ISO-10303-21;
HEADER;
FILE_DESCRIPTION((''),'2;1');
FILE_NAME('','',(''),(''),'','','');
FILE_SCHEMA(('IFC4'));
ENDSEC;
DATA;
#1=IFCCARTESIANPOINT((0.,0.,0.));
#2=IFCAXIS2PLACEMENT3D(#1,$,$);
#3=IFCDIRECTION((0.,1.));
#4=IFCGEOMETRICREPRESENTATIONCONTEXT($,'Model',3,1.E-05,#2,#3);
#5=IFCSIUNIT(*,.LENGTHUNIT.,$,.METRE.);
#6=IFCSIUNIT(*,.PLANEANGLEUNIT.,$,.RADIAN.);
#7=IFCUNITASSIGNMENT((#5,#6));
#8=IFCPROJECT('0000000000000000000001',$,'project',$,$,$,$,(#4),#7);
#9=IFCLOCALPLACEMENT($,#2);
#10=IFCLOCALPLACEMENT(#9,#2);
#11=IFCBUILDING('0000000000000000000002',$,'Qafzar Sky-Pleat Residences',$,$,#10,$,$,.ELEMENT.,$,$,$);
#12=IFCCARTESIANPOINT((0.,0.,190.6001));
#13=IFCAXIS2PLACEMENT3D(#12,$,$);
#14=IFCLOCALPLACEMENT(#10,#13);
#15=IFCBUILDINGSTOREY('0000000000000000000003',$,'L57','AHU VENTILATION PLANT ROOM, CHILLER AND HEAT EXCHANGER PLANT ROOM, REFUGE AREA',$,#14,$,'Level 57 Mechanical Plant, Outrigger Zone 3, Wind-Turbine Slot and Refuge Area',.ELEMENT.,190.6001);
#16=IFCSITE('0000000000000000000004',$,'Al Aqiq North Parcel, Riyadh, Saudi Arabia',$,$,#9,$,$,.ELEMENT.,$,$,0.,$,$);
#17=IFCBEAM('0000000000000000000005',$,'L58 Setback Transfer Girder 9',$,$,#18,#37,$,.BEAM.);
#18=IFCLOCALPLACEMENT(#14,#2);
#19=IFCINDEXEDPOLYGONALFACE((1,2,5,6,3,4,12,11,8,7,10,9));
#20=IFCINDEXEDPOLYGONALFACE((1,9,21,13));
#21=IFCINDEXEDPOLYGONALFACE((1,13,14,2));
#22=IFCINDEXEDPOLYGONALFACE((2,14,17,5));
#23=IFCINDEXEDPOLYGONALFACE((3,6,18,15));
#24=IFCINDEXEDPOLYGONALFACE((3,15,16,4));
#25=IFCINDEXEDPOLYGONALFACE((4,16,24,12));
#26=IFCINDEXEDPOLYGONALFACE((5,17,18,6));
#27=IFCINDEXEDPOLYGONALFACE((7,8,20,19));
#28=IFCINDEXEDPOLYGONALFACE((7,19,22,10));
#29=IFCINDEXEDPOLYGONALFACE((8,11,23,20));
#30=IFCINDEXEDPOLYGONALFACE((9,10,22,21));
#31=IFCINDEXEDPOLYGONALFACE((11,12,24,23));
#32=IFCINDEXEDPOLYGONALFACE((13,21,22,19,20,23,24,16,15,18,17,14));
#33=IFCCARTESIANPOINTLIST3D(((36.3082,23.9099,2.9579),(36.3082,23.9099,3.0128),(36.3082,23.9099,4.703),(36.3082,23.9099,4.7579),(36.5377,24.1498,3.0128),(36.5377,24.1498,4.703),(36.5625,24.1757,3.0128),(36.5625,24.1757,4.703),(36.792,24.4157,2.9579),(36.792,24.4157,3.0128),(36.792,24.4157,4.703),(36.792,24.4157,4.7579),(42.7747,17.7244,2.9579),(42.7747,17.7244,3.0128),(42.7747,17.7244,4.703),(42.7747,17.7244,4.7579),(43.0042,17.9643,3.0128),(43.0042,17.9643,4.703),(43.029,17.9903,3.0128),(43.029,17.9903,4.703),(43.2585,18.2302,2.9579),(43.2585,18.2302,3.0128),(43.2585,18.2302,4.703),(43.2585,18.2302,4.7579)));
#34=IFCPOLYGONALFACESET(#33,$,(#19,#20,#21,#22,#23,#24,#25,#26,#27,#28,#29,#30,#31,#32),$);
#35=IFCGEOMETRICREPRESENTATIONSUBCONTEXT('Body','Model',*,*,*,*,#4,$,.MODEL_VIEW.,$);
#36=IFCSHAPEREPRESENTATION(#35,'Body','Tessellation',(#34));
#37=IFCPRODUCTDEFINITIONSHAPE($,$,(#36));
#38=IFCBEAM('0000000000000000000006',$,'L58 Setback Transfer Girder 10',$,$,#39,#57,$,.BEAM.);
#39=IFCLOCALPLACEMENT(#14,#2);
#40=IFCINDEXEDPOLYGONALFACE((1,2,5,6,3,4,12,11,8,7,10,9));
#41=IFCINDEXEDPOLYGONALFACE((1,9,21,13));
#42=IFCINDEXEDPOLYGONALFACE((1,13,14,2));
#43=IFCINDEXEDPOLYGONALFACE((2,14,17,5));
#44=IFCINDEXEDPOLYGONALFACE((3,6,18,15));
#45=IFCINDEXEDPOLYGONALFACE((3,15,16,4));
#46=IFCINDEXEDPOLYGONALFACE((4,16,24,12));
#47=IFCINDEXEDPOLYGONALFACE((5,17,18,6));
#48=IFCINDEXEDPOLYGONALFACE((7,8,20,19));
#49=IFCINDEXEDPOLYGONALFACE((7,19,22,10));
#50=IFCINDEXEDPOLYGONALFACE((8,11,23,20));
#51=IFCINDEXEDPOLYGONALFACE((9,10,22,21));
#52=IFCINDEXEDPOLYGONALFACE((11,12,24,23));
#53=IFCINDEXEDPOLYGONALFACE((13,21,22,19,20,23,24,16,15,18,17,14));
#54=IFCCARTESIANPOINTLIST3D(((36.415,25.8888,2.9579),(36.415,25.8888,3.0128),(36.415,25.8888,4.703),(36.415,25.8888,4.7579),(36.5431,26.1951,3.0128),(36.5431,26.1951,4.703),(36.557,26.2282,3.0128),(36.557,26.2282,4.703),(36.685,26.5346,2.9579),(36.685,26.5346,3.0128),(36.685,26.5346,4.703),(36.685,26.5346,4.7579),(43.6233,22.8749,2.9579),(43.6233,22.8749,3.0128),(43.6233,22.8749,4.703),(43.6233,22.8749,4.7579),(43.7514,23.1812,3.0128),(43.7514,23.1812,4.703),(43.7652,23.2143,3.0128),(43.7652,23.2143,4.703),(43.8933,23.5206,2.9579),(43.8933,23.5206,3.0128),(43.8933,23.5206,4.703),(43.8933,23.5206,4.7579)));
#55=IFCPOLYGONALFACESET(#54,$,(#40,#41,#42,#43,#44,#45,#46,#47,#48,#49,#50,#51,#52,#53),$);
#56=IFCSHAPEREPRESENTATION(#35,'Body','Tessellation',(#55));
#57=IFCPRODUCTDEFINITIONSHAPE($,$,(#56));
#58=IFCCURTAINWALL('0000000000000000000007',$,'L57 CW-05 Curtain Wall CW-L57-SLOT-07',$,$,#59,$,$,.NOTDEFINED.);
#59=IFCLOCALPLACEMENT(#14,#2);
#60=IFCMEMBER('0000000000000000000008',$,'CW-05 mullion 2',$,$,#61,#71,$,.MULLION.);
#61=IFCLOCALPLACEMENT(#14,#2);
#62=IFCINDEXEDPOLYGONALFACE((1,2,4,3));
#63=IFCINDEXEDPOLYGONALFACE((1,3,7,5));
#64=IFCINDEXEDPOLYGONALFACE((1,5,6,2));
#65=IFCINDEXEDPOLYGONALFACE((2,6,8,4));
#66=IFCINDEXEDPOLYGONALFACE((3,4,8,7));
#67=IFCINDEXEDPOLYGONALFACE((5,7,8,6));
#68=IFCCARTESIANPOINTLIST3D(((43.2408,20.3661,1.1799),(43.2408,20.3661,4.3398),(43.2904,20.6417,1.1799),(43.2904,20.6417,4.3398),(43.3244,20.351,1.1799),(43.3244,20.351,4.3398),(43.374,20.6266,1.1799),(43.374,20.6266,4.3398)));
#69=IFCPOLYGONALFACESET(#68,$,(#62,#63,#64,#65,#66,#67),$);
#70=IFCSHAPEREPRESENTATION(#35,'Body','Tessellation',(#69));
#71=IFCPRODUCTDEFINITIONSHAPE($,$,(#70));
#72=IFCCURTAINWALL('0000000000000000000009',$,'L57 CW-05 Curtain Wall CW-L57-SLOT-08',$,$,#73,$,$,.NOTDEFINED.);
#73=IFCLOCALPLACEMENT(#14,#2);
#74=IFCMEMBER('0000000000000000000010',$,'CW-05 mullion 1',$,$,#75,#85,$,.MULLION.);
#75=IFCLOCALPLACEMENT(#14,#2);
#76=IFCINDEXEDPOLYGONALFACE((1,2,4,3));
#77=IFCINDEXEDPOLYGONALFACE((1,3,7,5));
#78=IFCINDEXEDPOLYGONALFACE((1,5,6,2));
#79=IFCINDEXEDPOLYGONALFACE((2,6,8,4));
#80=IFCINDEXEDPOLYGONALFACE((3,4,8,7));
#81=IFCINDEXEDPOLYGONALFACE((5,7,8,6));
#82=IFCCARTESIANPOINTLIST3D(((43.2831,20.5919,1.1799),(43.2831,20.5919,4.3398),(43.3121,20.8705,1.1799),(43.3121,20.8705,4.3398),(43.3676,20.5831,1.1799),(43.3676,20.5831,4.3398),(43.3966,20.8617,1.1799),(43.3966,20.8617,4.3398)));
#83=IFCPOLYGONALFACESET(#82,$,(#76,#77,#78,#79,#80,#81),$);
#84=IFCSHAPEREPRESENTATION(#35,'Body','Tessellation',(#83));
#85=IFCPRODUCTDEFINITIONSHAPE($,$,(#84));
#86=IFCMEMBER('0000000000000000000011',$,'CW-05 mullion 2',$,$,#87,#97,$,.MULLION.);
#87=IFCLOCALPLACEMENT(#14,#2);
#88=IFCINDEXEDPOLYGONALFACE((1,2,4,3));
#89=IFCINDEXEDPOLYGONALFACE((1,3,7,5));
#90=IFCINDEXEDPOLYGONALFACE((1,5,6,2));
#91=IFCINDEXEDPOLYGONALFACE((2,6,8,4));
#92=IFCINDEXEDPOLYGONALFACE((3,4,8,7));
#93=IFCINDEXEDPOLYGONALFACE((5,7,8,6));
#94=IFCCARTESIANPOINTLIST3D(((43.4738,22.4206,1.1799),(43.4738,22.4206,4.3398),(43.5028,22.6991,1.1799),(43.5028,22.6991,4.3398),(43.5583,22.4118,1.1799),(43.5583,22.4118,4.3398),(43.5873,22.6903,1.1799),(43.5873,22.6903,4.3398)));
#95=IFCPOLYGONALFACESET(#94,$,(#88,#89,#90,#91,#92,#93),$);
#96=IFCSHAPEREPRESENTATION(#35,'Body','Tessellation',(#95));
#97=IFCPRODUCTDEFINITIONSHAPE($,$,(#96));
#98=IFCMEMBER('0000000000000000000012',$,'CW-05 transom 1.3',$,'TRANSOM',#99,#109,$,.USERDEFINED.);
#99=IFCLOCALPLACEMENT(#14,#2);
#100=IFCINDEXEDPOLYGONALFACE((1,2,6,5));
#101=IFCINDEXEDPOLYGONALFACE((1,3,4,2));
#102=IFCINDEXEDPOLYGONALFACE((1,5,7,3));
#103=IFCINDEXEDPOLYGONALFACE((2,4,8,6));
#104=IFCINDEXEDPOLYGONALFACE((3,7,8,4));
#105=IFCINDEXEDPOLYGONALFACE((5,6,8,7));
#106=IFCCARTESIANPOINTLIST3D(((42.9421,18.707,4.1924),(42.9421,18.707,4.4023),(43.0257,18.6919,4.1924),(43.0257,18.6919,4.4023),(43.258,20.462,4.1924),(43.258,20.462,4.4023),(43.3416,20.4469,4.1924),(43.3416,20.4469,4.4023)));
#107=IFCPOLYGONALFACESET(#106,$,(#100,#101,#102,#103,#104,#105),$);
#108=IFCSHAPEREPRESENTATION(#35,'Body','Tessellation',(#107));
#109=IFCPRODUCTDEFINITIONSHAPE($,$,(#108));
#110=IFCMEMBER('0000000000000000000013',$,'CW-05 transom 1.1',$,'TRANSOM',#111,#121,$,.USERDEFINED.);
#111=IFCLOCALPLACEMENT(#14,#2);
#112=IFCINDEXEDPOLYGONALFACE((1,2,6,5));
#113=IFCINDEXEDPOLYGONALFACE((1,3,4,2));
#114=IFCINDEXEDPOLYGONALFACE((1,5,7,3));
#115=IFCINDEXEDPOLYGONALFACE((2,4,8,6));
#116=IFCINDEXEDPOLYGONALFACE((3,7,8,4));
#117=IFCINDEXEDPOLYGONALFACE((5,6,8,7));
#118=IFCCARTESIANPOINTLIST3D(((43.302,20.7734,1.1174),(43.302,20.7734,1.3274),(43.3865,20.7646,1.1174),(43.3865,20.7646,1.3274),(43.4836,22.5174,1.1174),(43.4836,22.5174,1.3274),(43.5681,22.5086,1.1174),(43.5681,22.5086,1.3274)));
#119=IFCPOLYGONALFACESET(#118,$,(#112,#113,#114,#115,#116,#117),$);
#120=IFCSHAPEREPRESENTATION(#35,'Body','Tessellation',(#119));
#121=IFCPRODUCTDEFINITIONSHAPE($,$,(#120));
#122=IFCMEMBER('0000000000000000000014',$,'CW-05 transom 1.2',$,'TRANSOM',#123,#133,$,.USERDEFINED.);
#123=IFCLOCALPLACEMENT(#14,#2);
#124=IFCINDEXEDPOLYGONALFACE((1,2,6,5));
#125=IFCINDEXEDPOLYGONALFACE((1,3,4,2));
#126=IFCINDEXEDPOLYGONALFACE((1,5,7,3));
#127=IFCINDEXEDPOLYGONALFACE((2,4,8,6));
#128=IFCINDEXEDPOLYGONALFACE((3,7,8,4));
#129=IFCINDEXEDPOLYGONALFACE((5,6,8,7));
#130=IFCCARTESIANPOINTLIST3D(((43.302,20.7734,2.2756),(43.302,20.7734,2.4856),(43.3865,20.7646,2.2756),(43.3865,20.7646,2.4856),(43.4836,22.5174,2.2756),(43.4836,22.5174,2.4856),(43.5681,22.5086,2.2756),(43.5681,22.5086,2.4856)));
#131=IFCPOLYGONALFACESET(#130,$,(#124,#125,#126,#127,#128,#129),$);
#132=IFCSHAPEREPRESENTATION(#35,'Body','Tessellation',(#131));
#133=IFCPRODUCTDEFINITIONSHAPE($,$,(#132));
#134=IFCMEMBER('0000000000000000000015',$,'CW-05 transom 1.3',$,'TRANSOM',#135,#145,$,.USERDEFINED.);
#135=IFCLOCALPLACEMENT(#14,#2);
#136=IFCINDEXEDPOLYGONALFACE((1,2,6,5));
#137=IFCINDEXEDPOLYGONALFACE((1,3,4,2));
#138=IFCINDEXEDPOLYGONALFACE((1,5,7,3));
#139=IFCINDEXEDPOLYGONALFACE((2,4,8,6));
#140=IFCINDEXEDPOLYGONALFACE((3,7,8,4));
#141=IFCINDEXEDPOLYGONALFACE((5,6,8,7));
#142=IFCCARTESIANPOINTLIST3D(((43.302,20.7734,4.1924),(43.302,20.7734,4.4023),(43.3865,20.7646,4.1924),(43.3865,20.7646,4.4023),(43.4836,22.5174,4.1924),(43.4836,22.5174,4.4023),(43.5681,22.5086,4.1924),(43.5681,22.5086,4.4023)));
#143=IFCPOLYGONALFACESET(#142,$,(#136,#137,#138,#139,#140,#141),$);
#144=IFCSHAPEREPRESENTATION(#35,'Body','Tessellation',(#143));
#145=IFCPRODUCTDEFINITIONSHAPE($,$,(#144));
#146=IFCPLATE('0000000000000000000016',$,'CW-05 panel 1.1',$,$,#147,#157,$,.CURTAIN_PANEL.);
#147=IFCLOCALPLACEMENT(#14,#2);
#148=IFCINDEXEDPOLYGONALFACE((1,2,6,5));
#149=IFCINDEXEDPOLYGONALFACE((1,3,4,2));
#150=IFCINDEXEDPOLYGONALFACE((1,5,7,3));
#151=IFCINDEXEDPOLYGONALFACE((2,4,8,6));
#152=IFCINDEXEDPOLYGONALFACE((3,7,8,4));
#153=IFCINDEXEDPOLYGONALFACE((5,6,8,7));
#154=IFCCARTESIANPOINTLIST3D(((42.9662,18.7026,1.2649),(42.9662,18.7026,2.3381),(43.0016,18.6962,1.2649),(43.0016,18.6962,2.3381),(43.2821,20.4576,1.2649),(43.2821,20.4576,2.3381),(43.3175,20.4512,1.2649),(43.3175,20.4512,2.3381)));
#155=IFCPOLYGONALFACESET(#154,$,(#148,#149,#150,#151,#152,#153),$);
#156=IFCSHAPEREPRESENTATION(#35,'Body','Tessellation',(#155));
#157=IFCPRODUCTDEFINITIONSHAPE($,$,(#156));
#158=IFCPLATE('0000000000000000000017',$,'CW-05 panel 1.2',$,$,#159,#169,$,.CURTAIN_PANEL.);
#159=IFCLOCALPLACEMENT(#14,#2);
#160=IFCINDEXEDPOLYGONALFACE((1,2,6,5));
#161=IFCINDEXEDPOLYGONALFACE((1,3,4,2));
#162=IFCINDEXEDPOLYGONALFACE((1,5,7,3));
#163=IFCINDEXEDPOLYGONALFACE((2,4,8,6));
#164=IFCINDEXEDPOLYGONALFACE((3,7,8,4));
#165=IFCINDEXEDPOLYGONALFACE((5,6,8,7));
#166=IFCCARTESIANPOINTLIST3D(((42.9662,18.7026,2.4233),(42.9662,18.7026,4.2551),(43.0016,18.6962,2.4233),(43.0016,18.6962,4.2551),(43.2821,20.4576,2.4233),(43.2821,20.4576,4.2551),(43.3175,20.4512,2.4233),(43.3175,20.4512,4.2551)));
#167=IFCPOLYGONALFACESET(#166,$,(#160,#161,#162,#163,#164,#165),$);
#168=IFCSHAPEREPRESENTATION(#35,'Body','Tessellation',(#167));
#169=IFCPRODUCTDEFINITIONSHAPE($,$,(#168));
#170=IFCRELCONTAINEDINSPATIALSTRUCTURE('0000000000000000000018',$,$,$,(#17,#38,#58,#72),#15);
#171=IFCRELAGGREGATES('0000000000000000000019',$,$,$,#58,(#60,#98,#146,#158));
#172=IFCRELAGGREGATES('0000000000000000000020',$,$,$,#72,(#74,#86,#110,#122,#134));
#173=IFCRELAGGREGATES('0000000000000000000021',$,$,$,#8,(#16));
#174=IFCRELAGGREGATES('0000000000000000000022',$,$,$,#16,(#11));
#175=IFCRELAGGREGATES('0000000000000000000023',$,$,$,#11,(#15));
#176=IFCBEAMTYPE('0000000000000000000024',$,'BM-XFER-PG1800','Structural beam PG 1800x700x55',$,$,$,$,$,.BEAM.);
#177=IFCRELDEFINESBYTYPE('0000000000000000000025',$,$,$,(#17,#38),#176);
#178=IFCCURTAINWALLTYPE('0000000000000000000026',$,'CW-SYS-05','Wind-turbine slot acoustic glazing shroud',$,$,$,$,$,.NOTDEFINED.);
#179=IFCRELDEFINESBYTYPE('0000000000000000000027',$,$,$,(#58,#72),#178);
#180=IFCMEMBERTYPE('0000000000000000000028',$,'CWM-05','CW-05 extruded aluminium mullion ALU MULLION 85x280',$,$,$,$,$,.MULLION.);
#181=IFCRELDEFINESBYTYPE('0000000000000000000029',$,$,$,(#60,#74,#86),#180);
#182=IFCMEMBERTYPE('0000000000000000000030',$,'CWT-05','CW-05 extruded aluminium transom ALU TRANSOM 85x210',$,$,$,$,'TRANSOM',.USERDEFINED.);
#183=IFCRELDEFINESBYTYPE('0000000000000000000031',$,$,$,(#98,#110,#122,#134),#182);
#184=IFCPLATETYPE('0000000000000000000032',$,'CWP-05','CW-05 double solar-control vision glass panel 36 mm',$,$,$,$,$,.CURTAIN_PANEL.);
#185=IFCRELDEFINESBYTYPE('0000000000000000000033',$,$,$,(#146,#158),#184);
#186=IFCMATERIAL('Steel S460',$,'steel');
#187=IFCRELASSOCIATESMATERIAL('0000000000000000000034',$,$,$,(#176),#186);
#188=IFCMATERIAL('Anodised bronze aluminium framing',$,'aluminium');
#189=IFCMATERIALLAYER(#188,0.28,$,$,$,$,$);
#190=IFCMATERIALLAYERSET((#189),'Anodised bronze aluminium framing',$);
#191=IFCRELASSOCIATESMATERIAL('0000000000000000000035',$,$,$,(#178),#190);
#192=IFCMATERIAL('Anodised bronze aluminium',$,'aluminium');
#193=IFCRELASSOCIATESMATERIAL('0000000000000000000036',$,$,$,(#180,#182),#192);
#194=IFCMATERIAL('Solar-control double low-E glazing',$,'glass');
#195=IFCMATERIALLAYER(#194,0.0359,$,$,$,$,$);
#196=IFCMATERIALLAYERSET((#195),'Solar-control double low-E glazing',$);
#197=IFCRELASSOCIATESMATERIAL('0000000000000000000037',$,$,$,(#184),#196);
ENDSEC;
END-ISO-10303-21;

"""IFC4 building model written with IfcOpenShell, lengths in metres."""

from ifc_helpers import new_model, si_unit, direction, frame, origin, origin_2d, place, context, subcontext, project, spatial, rectangle, i_section, extrude, source, transform, mapped, material, layer, layer_set, material_profile, profile_set, type_object, element, aggregate, save


model = new_model("IFC4")

# Units and contexts
model_context = context("Model", 3, precision=1e-05, world=origin(), true_north=direction((0.0, 1.0)))
body_context = subcontext(model_context, "Body", "Model", "MODEL_VIEW")
ifc_project = project(units=[si_unit("LENGTHUNIT", "METRE"), si_unit("PLANEANGLEUNIT", "RADIAN")], contexts=[model_context])

# Site, building, storey
site_placement = place(None, origin())
site = spatial("IfcSite", under=ifc_project, at=site_placement, Name="Al Aqiq North Parcel, Riyadh, Saudi Arabia", CompositionType="ELEMENT", RefElevation=0.0)
building_placement = place(site_placement, origin())
building = spatial("IfcBuilding", under=site, at=building_placement, Name="Qafzar Sky-Pleat Residences", CompositionType="ELEMENT")
storey_placement = place(building_placement, frame((0.0, 0.0, 190.6001)))
storey = spatial("IfcBuildingStorey", under=building, at=storey_placement, Name="L57", Description="AHU VENTILATION PLANT ROOM, CHILLER AND HEAT EXCHANGER PLANT ROOM, REFUGE AREA", LongName="Level 57 Mechanical Plant, Outrigger Zone 3, Wind-Turbine Slot and Refuge Area", CompositionType="ELEMENT", Elevation=190.6001)

# Beams
ifc_material_1 = material(Name="Steel S460", Category="steel")
ifc_material_profile_1 = material_profile(ifc_material_1, i_section(OverallWidth=0.7, OverallDepth=1.8, WebThickness=0.0359, FlangeThickness=0.0549, at=origin_2d()), Name="PG 1800x700x55")
ifc_profile_set_1 = profile_set([ifc_material_profile_1], Name="Steel S460")
beam_type_1 = type_object("IfcBeamType", Name="BM-XFER-PG1800", Description="Structural beam PG 1800x700x55", PredefinedType="BEAM", material=ifc_profile_set_1)
shared_shape_1 = source(origin(), body_context, "Body", "SweptSolid", [
    extrude(i_section(OverallWidth=0.7, OverallDepth=1.8, WebThickness=0.0359, FlangeThickness=0.0549, at=origin_2d()), origin(), (0.0, 0.0, 1.0), 8.9485),
])
beam_1_placement = place(storey_placement, frame((43.0166, 17.9773, 3.8579), z_axis=(-0.722634, 0.691231, 0.0), x_axis=(-0.691231, -0.722634, 0.0)))
element("IfcBeam", 1, at=beam_1_placement, inside=storey, type_object=beam_type_1, Name="L58 Setback Transfer Girder 9", PredefinedType="BEAM", context=body_context, shape_type="MappedRepresentation", body=[
    mapped(shared_shape_1, transform((0.0, 0.0, 0.0), x_axis=(1.0, 0.0, 0.0), y_axis=(0.0, 1.0, 0.0), z_axis=(0.0, 0.0, 1.0), scale=1.0)),
])
shared_shape_2 = source(origin(), body_context, "Body", "SweptSolid", [
    extrude(i_section(OverallWidth=0.7, OverallDepth=1.8, WebThickness=0.0359, FlangeThickness=0.0549, at=origin_2d()), origin(), (0.0, 0.0, 1.0), 7.813),
])
beam_2_placement = place(storey_placement, frame((43.7583, 23.1978, 3.8579), z_axis=(-0.9226, 0.385758, 0.0), x_axis=(-0.385758, -0.9226, 0.0)))
element("IfcBeam", 2, at=beam_2_placement, inside=storey, type_object=beam_type_1, Name="L58 Setback Transfer Girder 10", PredefinedType="BEAM", context=body_context, shape_type="MappedRepresentation", body=[
    mapped(shared_shape_2, transform((0.0, 0.0, 0.0), x_axis=(1.0, 0.0, 0.0), y_axis=(0.0, 1.0, 0.0), z_axis=(0.0, 0.0, 1.0), scale=1.0)),
])

# Curtain wall, member
ifc_material_2 = material(Name="Anodised bronze aluminium framing", Category="aluminium")
ifc_layer_1 = layer(ifc_material_2, 0.28)
ifc_layer_set_1 = layer_set([ifc_layer_1], Name="Anodised bronze aluminium framing")
curtain_wall_type = type_object("IfcCurtainWallType", Name="CW-SYS-05", Description="Wind-turbine slot acoustic glazing shroud", PredefinedType="NOTDEFINED", material=ifc_layer_set_1)
curtain_wall_1_placement = place(storey_placement, origin())
curtain_wall_1 = element("IfcCurtainWall", 3, at=curtain_wall_1_placement, inside=storey, type_object=curtain_wall_type, Name="L57 CW-05 Curtain Wall CW-L57-SLOT-07", PredefinedType="NOTDEFINED")
ifc_material_3 = material(Name="Anodised bronze aluminium", Category="aluminium")
ifc_material_profile_2 = material_profile(ifc_material_3, rectangle(XDim=0.085, YDim=0.28, at=origin_2d()), Name="ALU MULLION 85x280")
ifc_profile_set_2 = profile_set([ifc_material_profile_2], Name="Anodised bronze aluminium")
member_type_1 = type_object("IfcMemberType", Name="CWM-05", Description="CW-05 extruded aluminium mullion ALU MULLION 85x280", PredefinedType="MULLION", material=ifc_profile_set_2)
shared_shape_3 = source(origin(), body_context, "Body", "SweptSolid", [
    extrude(rectangle(XDim=0.085, YDim=0.28, at=origin_2d()), origin(), (0.0, 0.0, 1.0), 3.1599),
])
member_1_placement = place(storey_placement, frame((43.3074, 20.4963, 1.1799), z_axis=(0.0, 0.0, 1.0), x_axis=(-0.984183, 0.177155, 0.0)))
member_1 = element("IfcMember", 4, at=member_1_placement, type_object=member_type_1, Name="CW-05 mullion 2", PredefinedType="MULLION", context=body_context, shape_type="MappedRepresentation", body=[
    mapped(shared_shape_3, transform((0.0, 0.0, 0.0), x_axis=(1.0, 0.0, 0.0), y_axis=(0.0, 1.0, 0.0), z_axis=(0.0, 0.0, 1.0), scale=1.0)),
])

# Curtain wall, members
curtain_wall_2_placement = place(storey_placement, origin())
curtain_wall_2 = element("IfcCurtainWall", 5, at=curtain_wall_2_placement, inside=storey, type_object=curtain_wall_type, Name="L57 CW-05 Curtain Wall CW-L57-SLOT-08", PredefinedType="NOTDEFINED")
member_2_placement = place(storey_placement, frame((43.3398, 20.7268, 1.1799), z_axis=(0.0, 0.0, 1.0), x_axis=(-0.994617, 0.103621, 0.0)))
member_2 = element("IfcMember", 6, at=member_2_placement, type_object=member_type_1, Name="CW-05 mullion 1", PredefinedType="MULLION", context=body_context, shape_type="MappedRepresentation", body=[
    mapped(shared_shape_3, transform((0.0, 0.0, 0.0), x_axis=(1.0, 0.0, 0.0), y_axis=(0.0, 1.0, 0.0), z_axis=(0.0, 0.0, 1.0), scale=1.0)),
])
member_3_placement = place(storey_placement, frame((43.5305, 22.5554, 1.1799), z_axis=(0.0, 0.0, 1.0), x_axis=(-0.994617, 0.103621, 0.0)))
member_3 = element("IfcMember", 7, at=member_3_placement, type_object=member_type_1, Name="CW-05 mullion 2", PredefinedType="MULLION", context=body_context, shape_type="MappedRepresentation", body=[
    mapped(shared_shape_3, transform((0.0, 0.0, 0.0), x_axis=(1.0, 0.0, 0.0), y_axis=(0.0, 1.0, 0.0), z_axis=(0.0, 0.0, 1.0), scale=1.0)),
])

# Members
ifc_material_profile_3 = material_profile(ifc_material_3, rectangle(XDim=0.085, YDim=0.21, at=origin_2d()), Name="ALU TRANSOM 85x210")
ifc_profile_set_3 = profile_set([ifc_material_profile_3], Name="Anodised bronze aluminium")
member_type_2 = type_object("IfcMemberType", Name="CWT-05", Description="CW-05 extruded aluminium transom ALU TRANSOM 85x210", ElementType="TRANSOM", PredefinedType="USERDEFINED", material=ifc_profile_set_3)
shared_shape_4 = source(origin(), body_context, "Body", "SweptSolid", [
    extrude(rectangle(XDim=0.085, YDim=0.21, at=origin_2d()), origin(), (0.0, 0.0, 1.0), 1.7832),
])
member_4_placement = place(storey_placement, frame((42.9839, 18.6995, 4.2974), z_axis=(0.177174, 0.98418, 0.0), x_axis=(-0.98418, 0.177174, 0.0)))
member_4 = element("IfcMember", 8, at=member_4_placement, type_object=member_type_2, Name="CW-05 transom 1.3", ObjectType="TRANSOM", PredefinedType="USERDEFINED", context=body_context, shape_type="MappedRepresentation", body=[
    mapped(shared_shape_4, transform((0.0, 0.0, 0.0), x_axis=(1.0, 0.0, 0.0), y_axis=(0.0, 1.0, 0.0), z_axis=(0.0, 0.0, 1.0), scale=1.0)),
])
shared_shape_5 = source(origin(), body_context, "Body", "SweptSolid", [
    extrude(rectangle(XDim=0.085, YDim=0.21, at=origin_2d()), origin(), (0.0, 0.0, 1.0), 1.7534),
])
member_5_placement = place(storey_placement, frame((43.3442, 20.769, 1.2224), z_axis=(0.103597, 0.994619, 0.0), x_axis=(-0.994619, 0.103597, 0.0)))
member_5 = element("IfcMember", 9, at=member_5_placement, type_object=member_type_2, Name="CW-05 transom 1.1", ObjectType="TRANSOM", PredefinedType="USERDEFINED", context=body_context, shape_type="MappedRepresentation", body=[
    mapped(shared_shape_5, transform((0.0, 0.0, 0.0), x_axis=(1.0, 0.0, 0.0), y_axis=(0.0, 1.0, 0.0), z_axis=(0.0, 0.0, 1.0), scale=1.0)),
])
member_6_placement = place(storey_placement, frame((43.3442, 20.769, 2.3806), z_axis=(0.103597, 0.994619, 0.0), x_axis=(-0.994619, 0.103597, 0.0)))
member_6 = element("IfcMember", 10, at=member_6_placement, type_object=member_type_2, Name="CW-05 transom 1.2", ObjectType="TRANSOM", PredefinedType="USERDEFINED", context=body_context, shape_type="MappedRepresentation", body=[
    mapped(shared_shape_5, transform((0.0, 0.0, 0.0), x_axis=(1.0, 0.0, 0.0), y_axis=(0.0, 1.0, 0.0), z_axis=(0.0, 0.0, 1.0), scale=1.0)),
])
member_7_placement = place(storey_placement, frame((43.3442, 20.769, 4.2974), z_axis=(0.103597, 0.994619, 0.0), x_axis=(-0.994619, 0.103597, 0.0)))
member_7 = element("IfcMember", 11, at=member_7_placement, type_object=member_type_2, Name="CW-05 transom 1.3", ObjectType="TRANSOM", PredefinedType="USERDEFINED", context=body_context, shape_type="MappedRepresentation", body=[
    mapped(shared_shape_5, transform((0.0, 0.0, 0.0), x_axis=(1.0, 0.0, 0.0), y_axis=(0.0, 1.0, 0.0), z_axis=(0.0, 0.0, 1.0), scale=1.0)),
])

# Plates
ifc_material_4 = material(Name="Solar-control double low-E glazing", Category="glass")
ifc_layer_2 = layer(ifc_material_4, 0.0359)
ifc_layer_set_2 = layer_set([ifc_layer_2], Name="Solar-control double low-E glazing")
plate_type = type_object("IfcPlateType", Name="CWP-05", Description="CW-05 double solar-control vision glass panel 36 mm", PredefinedType="CURTAIN_PANEL", material=ifc_layer_set_2)
shared_shape_6 = source(origin(), body_context, "Body", "SweptSolid", [
    extrude(rectangle(XDim=1.7832, YDim=0.0359, at=origin_2d()), origin(), (0.0, 0.0, 1.0), 1.0732),
])
plate_1_placement = place(storey_placement, frame((43.1418, 19.5769, 1.2649), z_axis=(0.0, 0.0, 1.0), x_axis=(0.177155, 0.984183, 0.0)))
plate_1 = element("IfcPlate", 12, at=plate_1_placement, type_object=plate_type, Name="CW-05 panel 1.1", PredefinedType="CURTAIN_PANEL", context=body_context, shape_type="MappedRepresentation", body=[
    mapped(shared_shape_6, transform((0.0, 0.0, 0.0), x_axis=(1.0, 0.0, 0.0), y_axis=(0.0, 1.0, 0.0), z_axis=(0.0, 0.0, 1.0), scale=1.0)),
])
shared_shape_7 = source(origin(), body_context, "Body", "SweptSolid", [
    extrude(rectangle(XDim=1.7832, YDim=0.0359, at=origin_2d()), origin(), (0.0, 0.0, 1.0), 1.8318),
])
plate_2_placement = place(storey_placement, frame((43.1418, 19.5769, 2.4233), z_axis=(0.0, 0.0, 1.0), x_axis=(0.177155, 0.984183, 0.0)))
plate_2 = element("IfcPlate", 13, at=plate_2_placement, type_object=plate_type, Name="CW-05 panel 1.2", PredefinedType="CURTAIN_PANEL", context=body_context, shape_type="MappedRepresentation", body=[
    mapped(shared_shape_7, transform((0.0, 0.0, 0.0), x_axis=(1.0, 0.0, 0.0), y_axis=(0.0, 1.0, 0.0), z_axis=(0.0, 0.0, 1.0), scale=1.0)),
])
aggregate(curtain_wall_1, [member_1, member_4, plate_1, plate_2])
aggregate(curtain_wall_2, [member_2, member_3, member_5, member_6, member_7])

save(model, "model.ifc")
